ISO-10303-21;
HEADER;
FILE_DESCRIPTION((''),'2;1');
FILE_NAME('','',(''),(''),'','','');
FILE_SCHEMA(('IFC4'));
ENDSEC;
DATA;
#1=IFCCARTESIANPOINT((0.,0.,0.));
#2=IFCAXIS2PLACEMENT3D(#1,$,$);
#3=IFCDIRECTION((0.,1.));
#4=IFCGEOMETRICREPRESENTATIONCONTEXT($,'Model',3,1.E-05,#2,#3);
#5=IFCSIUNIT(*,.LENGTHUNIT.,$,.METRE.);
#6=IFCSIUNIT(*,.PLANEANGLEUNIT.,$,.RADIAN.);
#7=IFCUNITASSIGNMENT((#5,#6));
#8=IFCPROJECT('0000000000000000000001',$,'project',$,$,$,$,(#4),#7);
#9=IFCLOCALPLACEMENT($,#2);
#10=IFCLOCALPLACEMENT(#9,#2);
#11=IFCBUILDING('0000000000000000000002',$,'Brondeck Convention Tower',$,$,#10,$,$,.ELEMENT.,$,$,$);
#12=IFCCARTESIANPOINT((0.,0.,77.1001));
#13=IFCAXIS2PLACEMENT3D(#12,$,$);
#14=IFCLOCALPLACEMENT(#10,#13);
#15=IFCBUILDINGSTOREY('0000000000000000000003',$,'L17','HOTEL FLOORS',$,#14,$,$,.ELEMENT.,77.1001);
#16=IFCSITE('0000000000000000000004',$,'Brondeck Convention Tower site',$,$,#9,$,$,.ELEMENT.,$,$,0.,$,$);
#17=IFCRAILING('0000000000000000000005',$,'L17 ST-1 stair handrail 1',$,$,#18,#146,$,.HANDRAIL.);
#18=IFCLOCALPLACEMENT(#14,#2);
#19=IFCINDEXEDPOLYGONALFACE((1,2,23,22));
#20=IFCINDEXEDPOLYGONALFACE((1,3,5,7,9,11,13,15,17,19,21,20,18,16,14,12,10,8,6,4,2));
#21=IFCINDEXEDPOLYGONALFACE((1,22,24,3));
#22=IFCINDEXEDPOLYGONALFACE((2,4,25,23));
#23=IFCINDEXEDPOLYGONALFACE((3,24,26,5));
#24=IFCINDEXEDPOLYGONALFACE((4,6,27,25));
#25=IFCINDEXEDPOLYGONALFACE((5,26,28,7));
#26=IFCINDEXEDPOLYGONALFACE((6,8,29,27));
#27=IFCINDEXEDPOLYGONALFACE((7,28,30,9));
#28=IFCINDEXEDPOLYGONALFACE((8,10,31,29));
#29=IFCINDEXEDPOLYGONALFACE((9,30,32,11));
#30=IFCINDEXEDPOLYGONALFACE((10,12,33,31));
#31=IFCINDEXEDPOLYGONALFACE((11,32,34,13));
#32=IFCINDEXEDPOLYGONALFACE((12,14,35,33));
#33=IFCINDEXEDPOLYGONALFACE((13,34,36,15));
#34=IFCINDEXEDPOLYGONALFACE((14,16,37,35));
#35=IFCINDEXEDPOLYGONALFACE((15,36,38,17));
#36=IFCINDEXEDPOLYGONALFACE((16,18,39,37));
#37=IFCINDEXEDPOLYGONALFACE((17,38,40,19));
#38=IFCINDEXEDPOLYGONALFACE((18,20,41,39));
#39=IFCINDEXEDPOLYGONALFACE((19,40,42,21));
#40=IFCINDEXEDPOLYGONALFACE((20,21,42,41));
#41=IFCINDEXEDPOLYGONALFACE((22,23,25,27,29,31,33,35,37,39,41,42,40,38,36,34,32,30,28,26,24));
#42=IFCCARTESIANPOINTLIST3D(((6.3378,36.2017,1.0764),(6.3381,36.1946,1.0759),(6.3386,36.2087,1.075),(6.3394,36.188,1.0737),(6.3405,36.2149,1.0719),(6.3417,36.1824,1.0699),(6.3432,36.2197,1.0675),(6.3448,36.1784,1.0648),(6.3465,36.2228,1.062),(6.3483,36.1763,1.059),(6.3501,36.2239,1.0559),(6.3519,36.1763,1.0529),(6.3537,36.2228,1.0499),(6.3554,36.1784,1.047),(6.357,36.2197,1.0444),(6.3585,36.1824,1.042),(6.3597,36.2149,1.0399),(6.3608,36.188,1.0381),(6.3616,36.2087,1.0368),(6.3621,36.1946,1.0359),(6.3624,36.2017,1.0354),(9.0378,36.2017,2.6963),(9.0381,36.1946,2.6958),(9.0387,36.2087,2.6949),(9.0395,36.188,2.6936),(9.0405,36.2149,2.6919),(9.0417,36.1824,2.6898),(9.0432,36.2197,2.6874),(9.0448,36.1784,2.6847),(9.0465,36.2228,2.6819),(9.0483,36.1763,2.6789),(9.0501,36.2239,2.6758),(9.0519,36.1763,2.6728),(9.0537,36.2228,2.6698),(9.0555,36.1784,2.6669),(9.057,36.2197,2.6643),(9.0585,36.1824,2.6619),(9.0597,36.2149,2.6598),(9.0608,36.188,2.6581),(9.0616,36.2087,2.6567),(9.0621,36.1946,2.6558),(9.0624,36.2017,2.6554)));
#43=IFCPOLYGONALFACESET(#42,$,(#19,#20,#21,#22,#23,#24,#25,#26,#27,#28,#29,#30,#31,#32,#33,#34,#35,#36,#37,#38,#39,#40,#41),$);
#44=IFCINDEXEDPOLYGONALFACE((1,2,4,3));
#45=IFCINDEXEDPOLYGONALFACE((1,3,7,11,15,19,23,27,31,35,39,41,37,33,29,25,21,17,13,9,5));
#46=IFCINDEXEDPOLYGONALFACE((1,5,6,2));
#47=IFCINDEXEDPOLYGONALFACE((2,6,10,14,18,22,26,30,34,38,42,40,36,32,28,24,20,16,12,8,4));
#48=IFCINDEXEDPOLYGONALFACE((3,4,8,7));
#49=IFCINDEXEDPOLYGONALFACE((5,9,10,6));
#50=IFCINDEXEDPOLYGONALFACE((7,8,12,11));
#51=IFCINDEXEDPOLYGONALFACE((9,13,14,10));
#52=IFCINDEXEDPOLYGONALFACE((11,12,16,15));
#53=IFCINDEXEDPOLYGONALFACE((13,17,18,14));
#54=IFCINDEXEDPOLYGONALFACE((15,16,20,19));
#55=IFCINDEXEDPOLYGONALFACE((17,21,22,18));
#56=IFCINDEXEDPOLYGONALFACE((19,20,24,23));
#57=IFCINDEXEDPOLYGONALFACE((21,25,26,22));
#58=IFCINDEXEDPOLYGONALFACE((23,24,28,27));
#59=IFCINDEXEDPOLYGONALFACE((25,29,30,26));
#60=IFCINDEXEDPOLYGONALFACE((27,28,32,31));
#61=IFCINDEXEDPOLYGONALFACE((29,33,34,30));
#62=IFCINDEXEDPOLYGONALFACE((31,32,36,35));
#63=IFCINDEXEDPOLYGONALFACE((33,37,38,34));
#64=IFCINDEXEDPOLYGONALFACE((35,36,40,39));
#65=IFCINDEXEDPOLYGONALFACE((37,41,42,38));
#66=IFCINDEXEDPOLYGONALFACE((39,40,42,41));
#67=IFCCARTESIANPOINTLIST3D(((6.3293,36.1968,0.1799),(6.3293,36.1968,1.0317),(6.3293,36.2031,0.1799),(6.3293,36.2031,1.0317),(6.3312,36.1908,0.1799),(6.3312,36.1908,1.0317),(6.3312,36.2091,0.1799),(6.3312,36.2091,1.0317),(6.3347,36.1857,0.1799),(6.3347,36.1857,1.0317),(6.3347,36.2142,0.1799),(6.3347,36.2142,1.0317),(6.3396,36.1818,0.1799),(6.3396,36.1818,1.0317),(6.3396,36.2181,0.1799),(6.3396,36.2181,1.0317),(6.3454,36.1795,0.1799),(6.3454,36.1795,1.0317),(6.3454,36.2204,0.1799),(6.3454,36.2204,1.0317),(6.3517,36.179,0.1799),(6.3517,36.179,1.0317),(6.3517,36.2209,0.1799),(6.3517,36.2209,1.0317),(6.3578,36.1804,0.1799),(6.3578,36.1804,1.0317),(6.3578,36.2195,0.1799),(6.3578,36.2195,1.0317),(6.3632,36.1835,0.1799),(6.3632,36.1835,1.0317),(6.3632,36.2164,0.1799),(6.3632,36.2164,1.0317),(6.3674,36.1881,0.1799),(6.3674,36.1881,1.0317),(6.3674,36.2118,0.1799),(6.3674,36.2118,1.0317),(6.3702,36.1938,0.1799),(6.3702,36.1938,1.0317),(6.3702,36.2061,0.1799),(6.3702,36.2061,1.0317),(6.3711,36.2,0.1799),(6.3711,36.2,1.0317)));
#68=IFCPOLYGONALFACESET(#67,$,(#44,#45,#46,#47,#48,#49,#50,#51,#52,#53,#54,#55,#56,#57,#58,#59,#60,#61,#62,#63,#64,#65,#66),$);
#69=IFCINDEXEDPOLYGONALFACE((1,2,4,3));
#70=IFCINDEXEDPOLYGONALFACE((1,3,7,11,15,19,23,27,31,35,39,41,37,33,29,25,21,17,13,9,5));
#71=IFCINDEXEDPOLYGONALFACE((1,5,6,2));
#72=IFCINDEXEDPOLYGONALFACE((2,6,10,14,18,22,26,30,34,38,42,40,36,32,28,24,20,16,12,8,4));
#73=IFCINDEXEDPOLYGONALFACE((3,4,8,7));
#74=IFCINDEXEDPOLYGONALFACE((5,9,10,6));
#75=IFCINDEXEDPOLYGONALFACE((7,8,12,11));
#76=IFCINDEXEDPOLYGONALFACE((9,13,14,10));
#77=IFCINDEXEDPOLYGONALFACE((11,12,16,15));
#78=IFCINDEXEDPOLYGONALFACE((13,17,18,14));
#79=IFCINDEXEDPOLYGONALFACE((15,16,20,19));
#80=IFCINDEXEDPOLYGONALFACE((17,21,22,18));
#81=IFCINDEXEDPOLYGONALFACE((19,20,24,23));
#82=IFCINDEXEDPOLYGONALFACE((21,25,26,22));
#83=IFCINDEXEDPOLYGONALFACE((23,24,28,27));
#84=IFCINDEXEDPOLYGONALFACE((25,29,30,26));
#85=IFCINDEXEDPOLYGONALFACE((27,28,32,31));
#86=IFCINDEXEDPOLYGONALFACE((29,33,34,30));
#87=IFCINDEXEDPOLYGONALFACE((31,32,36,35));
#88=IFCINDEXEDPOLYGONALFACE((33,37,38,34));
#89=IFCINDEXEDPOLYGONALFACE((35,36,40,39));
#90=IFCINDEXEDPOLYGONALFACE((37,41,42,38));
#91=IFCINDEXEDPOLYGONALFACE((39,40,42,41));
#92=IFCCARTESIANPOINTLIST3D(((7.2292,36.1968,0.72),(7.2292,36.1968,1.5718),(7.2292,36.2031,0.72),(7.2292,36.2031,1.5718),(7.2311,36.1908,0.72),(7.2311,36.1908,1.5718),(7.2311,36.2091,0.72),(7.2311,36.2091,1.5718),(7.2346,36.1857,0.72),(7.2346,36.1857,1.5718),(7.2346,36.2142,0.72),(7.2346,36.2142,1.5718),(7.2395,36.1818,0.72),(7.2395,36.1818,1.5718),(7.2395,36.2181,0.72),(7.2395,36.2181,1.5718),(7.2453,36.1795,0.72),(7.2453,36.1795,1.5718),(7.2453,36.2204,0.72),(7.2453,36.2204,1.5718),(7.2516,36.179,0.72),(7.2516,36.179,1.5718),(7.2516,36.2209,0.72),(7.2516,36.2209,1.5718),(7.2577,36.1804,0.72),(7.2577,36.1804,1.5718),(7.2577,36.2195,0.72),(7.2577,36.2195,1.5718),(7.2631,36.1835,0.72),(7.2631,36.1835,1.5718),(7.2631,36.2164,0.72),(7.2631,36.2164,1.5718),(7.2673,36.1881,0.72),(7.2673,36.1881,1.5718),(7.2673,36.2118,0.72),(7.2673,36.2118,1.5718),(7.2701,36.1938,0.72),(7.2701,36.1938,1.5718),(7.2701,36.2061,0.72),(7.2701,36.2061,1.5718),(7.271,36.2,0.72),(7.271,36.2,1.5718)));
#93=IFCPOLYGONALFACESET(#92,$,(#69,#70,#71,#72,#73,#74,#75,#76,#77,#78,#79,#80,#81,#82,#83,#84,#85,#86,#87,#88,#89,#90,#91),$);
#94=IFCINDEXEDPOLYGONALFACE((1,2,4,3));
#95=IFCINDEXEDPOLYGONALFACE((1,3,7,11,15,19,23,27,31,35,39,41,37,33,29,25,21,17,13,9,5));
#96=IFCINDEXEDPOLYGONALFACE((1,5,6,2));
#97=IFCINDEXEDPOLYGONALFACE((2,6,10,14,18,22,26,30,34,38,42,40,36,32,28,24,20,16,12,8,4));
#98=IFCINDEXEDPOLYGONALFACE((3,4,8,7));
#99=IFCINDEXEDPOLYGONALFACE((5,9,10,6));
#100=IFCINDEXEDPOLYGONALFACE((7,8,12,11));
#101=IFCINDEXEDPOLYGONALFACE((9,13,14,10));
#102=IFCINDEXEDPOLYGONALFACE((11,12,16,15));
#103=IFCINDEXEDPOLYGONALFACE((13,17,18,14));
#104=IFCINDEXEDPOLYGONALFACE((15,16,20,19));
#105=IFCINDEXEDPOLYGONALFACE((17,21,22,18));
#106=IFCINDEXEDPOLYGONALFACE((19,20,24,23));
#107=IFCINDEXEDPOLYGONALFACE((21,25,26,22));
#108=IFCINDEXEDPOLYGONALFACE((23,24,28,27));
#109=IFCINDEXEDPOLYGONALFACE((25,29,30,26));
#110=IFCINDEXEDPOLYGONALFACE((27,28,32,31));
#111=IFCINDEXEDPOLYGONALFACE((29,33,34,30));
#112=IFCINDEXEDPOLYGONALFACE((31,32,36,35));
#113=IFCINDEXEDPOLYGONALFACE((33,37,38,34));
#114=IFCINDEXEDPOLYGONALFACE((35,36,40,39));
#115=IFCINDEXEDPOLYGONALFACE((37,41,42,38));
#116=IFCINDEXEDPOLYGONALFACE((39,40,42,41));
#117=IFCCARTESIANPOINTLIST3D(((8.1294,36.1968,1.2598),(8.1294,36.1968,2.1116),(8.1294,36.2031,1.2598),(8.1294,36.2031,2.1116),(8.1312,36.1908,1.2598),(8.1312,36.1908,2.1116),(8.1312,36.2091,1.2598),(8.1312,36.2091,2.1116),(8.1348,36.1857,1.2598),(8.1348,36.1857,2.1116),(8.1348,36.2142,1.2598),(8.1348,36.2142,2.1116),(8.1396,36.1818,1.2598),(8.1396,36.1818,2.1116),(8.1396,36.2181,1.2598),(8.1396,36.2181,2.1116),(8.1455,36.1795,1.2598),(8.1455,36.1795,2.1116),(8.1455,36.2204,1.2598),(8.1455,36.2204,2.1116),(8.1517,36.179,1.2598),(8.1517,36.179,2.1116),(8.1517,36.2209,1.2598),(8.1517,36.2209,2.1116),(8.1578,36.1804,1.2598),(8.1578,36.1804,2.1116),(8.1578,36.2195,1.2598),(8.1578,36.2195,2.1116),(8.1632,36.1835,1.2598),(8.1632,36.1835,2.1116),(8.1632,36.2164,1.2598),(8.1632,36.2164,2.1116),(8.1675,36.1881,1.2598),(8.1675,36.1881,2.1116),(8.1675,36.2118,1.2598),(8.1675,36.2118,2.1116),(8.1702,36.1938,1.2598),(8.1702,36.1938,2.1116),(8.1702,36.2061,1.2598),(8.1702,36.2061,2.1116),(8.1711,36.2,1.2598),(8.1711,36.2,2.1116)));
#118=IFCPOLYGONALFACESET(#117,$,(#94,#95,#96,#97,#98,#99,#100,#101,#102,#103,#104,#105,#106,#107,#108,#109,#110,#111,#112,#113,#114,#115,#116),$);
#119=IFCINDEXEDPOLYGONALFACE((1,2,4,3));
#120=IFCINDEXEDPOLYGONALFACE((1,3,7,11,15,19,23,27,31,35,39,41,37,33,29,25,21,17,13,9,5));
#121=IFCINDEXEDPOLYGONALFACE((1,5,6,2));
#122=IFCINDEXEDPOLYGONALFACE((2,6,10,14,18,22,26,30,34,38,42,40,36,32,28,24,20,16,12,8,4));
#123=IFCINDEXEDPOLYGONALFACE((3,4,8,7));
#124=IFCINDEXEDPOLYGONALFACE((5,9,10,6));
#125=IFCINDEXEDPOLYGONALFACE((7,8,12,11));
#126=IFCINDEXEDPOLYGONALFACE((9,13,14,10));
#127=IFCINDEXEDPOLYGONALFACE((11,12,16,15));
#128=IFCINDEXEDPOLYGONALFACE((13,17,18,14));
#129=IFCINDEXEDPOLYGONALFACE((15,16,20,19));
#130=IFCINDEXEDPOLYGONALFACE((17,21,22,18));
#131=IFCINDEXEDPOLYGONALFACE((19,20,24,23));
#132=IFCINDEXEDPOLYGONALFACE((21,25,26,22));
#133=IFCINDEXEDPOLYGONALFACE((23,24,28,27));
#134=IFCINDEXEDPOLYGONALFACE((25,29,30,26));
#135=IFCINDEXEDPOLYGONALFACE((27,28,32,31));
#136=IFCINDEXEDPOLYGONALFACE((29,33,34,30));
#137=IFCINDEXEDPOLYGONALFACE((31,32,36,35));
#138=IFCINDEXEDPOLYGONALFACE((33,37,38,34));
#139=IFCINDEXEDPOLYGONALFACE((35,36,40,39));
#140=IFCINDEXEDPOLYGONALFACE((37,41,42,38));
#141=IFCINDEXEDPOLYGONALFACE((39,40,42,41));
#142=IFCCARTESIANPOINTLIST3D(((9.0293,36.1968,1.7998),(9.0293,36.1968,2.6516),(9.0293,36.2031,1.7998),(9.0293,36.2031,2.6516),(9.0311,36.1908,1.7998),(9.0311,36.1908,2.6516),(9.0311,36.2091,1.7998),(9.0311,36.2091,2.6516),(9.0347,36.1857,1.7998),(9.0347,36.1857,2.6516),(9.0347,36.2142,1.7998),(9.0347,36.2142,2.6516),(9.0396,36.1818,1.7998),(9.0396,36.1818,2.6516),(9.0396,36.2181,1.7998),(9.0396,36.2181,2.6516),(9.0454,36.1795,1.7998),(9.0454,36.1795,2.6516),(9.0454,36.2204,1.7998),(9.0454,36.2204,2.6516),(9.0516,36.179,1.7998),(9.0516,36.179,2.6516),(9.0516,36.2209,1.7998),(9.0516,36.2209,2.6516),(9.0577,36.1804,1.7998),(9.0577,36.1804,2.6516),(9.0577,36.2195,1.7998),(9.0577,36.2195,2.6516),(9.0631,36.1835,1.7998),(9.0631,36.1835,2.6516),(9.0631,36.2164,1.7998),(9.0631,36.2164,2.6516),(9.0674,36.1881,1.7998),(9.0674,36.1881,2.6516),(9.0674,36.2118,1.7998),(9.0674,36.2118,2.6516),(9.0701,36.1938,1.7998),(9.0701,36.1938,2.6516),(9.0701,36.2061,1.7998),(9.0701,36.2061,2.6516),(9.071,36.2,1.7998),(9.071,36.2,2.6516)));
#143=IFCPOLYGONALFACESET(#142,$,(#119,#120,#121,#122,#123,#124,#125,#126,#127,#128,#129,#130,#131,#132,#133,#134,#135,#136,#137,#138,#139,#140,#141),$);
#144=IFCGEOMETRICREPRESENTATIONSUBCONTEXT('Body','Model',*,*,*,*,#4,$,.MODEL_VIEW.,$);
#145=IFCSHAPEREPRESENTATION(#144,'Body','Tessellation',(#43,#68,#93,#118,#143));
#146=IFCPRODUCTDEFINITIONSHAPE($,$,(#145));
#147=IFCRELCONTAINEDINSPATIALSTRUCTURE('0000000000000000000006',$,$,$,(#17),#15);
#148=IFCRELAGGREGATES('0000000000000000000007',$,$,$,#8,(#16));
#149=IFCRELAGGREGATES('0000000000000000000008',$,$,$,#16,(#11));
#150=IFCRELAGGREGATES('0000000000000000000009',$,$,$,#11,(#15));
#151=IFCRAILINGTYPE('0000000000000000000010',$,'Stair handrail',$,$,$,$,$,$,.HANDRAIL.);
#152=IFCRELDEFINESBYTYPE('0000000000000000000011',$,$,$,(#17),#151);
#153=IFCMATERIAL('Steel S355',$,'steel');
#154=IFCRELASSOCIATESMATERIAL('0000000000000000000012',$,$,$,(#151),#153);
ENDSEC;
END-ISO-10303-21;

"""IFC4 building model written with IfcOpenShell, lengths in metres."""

from ifc_helpers import new_model, si_unit, direction, frame, origin, origin_2d, place, context, subcontext, project, spatial, circle, extrude, material, type_object, element, save


model = new_model("IFC4")

# Units and contexts
model_context = context("Model", 3, precision=1e-05, world=origin(), true_north=direction((0.0, 1.0)))
body_context = subcontext(model_context, "Body", "Model", "MODEL_VIEW")
ifc_project = project(units=[si_unit("LENGTHUNIT", "METRE"), si_unit("PLANEANGLEUNIT", "RADIAN")], contexts=[model_context])

# Site, building, storey
site_placement = place(None, origin())
site = spatial("IfcSite", under=ifc_project, at=site_placement, Name="Brondeck Convention Tower site", CompositionType="ELEMENT", RefElevation=0.0)
building_placement = place(site_placement, origin())
building = spatial("IfcBuilding", under=site, at=building_placement, Name="Brondeck Convention Tower", CompositionType="ELEMENT")
storey_placement = place(building_placement, frame((0.0, 0.0, 77.1001)))
storey = spatial("IfcBuildingStorey", under=building, at=storey_placement, Name="L17", Description="HOTEL FLOORS", CompositionType="ELEMENT", Elevation=77.1001)

# Railing
ifc_material_1 = material(Name="Steel S355", Category="steel")
railing_type_1 = type_object("IfcRailingType", Name="Stair handrail", PredefinedType="HANDRAIL", material=ifc_material_1)
railing_1_placement = place(storey_placement, frame((6.3501, 36.2, 0.1799)))
element("IfcRailing", 1, at=railing_1_placement, inside=storey, type_object=railing_type_1, Name="L17 ST-1 stair handrail 1", PredefinedType="HANDRAIL", context=body_context, shape_type="SweptSolid", body=[
    extrude(circle(Radius=0.0239, at=origin_2d()), frame((0.0, 0.0, 0.876), z_axis=(0.857507, 0.0, 0.514473), x_axis=(0.0, 1.0, 0.0)), (0.0, 0.0, 1.0), 3.1487),
    extrude(circle(Radius=0.021, at=origin_2d()), origin(), (0.0, 0.0, 1.0), 0.8518),
    extrude(circle(Radius=0.021, at=origin_2d()), frame((0.8999, 0.0, 0.54)), (0.0, 0.0, 1.0), 0.8518),
    extrude(circle(Radius=0.021, at=origin_2d()), frame((1.8, 0.0, 1.0798)), (0.0, 0.0, 1.0), 0.8518),
    extrude(circle(Radius=0.021, at=origin_2d()), frame((2.7, 0.0, 1.6199)), (0.0, 0.0, 1.0), 0.8518),
])

save(model, "model.ifc")
